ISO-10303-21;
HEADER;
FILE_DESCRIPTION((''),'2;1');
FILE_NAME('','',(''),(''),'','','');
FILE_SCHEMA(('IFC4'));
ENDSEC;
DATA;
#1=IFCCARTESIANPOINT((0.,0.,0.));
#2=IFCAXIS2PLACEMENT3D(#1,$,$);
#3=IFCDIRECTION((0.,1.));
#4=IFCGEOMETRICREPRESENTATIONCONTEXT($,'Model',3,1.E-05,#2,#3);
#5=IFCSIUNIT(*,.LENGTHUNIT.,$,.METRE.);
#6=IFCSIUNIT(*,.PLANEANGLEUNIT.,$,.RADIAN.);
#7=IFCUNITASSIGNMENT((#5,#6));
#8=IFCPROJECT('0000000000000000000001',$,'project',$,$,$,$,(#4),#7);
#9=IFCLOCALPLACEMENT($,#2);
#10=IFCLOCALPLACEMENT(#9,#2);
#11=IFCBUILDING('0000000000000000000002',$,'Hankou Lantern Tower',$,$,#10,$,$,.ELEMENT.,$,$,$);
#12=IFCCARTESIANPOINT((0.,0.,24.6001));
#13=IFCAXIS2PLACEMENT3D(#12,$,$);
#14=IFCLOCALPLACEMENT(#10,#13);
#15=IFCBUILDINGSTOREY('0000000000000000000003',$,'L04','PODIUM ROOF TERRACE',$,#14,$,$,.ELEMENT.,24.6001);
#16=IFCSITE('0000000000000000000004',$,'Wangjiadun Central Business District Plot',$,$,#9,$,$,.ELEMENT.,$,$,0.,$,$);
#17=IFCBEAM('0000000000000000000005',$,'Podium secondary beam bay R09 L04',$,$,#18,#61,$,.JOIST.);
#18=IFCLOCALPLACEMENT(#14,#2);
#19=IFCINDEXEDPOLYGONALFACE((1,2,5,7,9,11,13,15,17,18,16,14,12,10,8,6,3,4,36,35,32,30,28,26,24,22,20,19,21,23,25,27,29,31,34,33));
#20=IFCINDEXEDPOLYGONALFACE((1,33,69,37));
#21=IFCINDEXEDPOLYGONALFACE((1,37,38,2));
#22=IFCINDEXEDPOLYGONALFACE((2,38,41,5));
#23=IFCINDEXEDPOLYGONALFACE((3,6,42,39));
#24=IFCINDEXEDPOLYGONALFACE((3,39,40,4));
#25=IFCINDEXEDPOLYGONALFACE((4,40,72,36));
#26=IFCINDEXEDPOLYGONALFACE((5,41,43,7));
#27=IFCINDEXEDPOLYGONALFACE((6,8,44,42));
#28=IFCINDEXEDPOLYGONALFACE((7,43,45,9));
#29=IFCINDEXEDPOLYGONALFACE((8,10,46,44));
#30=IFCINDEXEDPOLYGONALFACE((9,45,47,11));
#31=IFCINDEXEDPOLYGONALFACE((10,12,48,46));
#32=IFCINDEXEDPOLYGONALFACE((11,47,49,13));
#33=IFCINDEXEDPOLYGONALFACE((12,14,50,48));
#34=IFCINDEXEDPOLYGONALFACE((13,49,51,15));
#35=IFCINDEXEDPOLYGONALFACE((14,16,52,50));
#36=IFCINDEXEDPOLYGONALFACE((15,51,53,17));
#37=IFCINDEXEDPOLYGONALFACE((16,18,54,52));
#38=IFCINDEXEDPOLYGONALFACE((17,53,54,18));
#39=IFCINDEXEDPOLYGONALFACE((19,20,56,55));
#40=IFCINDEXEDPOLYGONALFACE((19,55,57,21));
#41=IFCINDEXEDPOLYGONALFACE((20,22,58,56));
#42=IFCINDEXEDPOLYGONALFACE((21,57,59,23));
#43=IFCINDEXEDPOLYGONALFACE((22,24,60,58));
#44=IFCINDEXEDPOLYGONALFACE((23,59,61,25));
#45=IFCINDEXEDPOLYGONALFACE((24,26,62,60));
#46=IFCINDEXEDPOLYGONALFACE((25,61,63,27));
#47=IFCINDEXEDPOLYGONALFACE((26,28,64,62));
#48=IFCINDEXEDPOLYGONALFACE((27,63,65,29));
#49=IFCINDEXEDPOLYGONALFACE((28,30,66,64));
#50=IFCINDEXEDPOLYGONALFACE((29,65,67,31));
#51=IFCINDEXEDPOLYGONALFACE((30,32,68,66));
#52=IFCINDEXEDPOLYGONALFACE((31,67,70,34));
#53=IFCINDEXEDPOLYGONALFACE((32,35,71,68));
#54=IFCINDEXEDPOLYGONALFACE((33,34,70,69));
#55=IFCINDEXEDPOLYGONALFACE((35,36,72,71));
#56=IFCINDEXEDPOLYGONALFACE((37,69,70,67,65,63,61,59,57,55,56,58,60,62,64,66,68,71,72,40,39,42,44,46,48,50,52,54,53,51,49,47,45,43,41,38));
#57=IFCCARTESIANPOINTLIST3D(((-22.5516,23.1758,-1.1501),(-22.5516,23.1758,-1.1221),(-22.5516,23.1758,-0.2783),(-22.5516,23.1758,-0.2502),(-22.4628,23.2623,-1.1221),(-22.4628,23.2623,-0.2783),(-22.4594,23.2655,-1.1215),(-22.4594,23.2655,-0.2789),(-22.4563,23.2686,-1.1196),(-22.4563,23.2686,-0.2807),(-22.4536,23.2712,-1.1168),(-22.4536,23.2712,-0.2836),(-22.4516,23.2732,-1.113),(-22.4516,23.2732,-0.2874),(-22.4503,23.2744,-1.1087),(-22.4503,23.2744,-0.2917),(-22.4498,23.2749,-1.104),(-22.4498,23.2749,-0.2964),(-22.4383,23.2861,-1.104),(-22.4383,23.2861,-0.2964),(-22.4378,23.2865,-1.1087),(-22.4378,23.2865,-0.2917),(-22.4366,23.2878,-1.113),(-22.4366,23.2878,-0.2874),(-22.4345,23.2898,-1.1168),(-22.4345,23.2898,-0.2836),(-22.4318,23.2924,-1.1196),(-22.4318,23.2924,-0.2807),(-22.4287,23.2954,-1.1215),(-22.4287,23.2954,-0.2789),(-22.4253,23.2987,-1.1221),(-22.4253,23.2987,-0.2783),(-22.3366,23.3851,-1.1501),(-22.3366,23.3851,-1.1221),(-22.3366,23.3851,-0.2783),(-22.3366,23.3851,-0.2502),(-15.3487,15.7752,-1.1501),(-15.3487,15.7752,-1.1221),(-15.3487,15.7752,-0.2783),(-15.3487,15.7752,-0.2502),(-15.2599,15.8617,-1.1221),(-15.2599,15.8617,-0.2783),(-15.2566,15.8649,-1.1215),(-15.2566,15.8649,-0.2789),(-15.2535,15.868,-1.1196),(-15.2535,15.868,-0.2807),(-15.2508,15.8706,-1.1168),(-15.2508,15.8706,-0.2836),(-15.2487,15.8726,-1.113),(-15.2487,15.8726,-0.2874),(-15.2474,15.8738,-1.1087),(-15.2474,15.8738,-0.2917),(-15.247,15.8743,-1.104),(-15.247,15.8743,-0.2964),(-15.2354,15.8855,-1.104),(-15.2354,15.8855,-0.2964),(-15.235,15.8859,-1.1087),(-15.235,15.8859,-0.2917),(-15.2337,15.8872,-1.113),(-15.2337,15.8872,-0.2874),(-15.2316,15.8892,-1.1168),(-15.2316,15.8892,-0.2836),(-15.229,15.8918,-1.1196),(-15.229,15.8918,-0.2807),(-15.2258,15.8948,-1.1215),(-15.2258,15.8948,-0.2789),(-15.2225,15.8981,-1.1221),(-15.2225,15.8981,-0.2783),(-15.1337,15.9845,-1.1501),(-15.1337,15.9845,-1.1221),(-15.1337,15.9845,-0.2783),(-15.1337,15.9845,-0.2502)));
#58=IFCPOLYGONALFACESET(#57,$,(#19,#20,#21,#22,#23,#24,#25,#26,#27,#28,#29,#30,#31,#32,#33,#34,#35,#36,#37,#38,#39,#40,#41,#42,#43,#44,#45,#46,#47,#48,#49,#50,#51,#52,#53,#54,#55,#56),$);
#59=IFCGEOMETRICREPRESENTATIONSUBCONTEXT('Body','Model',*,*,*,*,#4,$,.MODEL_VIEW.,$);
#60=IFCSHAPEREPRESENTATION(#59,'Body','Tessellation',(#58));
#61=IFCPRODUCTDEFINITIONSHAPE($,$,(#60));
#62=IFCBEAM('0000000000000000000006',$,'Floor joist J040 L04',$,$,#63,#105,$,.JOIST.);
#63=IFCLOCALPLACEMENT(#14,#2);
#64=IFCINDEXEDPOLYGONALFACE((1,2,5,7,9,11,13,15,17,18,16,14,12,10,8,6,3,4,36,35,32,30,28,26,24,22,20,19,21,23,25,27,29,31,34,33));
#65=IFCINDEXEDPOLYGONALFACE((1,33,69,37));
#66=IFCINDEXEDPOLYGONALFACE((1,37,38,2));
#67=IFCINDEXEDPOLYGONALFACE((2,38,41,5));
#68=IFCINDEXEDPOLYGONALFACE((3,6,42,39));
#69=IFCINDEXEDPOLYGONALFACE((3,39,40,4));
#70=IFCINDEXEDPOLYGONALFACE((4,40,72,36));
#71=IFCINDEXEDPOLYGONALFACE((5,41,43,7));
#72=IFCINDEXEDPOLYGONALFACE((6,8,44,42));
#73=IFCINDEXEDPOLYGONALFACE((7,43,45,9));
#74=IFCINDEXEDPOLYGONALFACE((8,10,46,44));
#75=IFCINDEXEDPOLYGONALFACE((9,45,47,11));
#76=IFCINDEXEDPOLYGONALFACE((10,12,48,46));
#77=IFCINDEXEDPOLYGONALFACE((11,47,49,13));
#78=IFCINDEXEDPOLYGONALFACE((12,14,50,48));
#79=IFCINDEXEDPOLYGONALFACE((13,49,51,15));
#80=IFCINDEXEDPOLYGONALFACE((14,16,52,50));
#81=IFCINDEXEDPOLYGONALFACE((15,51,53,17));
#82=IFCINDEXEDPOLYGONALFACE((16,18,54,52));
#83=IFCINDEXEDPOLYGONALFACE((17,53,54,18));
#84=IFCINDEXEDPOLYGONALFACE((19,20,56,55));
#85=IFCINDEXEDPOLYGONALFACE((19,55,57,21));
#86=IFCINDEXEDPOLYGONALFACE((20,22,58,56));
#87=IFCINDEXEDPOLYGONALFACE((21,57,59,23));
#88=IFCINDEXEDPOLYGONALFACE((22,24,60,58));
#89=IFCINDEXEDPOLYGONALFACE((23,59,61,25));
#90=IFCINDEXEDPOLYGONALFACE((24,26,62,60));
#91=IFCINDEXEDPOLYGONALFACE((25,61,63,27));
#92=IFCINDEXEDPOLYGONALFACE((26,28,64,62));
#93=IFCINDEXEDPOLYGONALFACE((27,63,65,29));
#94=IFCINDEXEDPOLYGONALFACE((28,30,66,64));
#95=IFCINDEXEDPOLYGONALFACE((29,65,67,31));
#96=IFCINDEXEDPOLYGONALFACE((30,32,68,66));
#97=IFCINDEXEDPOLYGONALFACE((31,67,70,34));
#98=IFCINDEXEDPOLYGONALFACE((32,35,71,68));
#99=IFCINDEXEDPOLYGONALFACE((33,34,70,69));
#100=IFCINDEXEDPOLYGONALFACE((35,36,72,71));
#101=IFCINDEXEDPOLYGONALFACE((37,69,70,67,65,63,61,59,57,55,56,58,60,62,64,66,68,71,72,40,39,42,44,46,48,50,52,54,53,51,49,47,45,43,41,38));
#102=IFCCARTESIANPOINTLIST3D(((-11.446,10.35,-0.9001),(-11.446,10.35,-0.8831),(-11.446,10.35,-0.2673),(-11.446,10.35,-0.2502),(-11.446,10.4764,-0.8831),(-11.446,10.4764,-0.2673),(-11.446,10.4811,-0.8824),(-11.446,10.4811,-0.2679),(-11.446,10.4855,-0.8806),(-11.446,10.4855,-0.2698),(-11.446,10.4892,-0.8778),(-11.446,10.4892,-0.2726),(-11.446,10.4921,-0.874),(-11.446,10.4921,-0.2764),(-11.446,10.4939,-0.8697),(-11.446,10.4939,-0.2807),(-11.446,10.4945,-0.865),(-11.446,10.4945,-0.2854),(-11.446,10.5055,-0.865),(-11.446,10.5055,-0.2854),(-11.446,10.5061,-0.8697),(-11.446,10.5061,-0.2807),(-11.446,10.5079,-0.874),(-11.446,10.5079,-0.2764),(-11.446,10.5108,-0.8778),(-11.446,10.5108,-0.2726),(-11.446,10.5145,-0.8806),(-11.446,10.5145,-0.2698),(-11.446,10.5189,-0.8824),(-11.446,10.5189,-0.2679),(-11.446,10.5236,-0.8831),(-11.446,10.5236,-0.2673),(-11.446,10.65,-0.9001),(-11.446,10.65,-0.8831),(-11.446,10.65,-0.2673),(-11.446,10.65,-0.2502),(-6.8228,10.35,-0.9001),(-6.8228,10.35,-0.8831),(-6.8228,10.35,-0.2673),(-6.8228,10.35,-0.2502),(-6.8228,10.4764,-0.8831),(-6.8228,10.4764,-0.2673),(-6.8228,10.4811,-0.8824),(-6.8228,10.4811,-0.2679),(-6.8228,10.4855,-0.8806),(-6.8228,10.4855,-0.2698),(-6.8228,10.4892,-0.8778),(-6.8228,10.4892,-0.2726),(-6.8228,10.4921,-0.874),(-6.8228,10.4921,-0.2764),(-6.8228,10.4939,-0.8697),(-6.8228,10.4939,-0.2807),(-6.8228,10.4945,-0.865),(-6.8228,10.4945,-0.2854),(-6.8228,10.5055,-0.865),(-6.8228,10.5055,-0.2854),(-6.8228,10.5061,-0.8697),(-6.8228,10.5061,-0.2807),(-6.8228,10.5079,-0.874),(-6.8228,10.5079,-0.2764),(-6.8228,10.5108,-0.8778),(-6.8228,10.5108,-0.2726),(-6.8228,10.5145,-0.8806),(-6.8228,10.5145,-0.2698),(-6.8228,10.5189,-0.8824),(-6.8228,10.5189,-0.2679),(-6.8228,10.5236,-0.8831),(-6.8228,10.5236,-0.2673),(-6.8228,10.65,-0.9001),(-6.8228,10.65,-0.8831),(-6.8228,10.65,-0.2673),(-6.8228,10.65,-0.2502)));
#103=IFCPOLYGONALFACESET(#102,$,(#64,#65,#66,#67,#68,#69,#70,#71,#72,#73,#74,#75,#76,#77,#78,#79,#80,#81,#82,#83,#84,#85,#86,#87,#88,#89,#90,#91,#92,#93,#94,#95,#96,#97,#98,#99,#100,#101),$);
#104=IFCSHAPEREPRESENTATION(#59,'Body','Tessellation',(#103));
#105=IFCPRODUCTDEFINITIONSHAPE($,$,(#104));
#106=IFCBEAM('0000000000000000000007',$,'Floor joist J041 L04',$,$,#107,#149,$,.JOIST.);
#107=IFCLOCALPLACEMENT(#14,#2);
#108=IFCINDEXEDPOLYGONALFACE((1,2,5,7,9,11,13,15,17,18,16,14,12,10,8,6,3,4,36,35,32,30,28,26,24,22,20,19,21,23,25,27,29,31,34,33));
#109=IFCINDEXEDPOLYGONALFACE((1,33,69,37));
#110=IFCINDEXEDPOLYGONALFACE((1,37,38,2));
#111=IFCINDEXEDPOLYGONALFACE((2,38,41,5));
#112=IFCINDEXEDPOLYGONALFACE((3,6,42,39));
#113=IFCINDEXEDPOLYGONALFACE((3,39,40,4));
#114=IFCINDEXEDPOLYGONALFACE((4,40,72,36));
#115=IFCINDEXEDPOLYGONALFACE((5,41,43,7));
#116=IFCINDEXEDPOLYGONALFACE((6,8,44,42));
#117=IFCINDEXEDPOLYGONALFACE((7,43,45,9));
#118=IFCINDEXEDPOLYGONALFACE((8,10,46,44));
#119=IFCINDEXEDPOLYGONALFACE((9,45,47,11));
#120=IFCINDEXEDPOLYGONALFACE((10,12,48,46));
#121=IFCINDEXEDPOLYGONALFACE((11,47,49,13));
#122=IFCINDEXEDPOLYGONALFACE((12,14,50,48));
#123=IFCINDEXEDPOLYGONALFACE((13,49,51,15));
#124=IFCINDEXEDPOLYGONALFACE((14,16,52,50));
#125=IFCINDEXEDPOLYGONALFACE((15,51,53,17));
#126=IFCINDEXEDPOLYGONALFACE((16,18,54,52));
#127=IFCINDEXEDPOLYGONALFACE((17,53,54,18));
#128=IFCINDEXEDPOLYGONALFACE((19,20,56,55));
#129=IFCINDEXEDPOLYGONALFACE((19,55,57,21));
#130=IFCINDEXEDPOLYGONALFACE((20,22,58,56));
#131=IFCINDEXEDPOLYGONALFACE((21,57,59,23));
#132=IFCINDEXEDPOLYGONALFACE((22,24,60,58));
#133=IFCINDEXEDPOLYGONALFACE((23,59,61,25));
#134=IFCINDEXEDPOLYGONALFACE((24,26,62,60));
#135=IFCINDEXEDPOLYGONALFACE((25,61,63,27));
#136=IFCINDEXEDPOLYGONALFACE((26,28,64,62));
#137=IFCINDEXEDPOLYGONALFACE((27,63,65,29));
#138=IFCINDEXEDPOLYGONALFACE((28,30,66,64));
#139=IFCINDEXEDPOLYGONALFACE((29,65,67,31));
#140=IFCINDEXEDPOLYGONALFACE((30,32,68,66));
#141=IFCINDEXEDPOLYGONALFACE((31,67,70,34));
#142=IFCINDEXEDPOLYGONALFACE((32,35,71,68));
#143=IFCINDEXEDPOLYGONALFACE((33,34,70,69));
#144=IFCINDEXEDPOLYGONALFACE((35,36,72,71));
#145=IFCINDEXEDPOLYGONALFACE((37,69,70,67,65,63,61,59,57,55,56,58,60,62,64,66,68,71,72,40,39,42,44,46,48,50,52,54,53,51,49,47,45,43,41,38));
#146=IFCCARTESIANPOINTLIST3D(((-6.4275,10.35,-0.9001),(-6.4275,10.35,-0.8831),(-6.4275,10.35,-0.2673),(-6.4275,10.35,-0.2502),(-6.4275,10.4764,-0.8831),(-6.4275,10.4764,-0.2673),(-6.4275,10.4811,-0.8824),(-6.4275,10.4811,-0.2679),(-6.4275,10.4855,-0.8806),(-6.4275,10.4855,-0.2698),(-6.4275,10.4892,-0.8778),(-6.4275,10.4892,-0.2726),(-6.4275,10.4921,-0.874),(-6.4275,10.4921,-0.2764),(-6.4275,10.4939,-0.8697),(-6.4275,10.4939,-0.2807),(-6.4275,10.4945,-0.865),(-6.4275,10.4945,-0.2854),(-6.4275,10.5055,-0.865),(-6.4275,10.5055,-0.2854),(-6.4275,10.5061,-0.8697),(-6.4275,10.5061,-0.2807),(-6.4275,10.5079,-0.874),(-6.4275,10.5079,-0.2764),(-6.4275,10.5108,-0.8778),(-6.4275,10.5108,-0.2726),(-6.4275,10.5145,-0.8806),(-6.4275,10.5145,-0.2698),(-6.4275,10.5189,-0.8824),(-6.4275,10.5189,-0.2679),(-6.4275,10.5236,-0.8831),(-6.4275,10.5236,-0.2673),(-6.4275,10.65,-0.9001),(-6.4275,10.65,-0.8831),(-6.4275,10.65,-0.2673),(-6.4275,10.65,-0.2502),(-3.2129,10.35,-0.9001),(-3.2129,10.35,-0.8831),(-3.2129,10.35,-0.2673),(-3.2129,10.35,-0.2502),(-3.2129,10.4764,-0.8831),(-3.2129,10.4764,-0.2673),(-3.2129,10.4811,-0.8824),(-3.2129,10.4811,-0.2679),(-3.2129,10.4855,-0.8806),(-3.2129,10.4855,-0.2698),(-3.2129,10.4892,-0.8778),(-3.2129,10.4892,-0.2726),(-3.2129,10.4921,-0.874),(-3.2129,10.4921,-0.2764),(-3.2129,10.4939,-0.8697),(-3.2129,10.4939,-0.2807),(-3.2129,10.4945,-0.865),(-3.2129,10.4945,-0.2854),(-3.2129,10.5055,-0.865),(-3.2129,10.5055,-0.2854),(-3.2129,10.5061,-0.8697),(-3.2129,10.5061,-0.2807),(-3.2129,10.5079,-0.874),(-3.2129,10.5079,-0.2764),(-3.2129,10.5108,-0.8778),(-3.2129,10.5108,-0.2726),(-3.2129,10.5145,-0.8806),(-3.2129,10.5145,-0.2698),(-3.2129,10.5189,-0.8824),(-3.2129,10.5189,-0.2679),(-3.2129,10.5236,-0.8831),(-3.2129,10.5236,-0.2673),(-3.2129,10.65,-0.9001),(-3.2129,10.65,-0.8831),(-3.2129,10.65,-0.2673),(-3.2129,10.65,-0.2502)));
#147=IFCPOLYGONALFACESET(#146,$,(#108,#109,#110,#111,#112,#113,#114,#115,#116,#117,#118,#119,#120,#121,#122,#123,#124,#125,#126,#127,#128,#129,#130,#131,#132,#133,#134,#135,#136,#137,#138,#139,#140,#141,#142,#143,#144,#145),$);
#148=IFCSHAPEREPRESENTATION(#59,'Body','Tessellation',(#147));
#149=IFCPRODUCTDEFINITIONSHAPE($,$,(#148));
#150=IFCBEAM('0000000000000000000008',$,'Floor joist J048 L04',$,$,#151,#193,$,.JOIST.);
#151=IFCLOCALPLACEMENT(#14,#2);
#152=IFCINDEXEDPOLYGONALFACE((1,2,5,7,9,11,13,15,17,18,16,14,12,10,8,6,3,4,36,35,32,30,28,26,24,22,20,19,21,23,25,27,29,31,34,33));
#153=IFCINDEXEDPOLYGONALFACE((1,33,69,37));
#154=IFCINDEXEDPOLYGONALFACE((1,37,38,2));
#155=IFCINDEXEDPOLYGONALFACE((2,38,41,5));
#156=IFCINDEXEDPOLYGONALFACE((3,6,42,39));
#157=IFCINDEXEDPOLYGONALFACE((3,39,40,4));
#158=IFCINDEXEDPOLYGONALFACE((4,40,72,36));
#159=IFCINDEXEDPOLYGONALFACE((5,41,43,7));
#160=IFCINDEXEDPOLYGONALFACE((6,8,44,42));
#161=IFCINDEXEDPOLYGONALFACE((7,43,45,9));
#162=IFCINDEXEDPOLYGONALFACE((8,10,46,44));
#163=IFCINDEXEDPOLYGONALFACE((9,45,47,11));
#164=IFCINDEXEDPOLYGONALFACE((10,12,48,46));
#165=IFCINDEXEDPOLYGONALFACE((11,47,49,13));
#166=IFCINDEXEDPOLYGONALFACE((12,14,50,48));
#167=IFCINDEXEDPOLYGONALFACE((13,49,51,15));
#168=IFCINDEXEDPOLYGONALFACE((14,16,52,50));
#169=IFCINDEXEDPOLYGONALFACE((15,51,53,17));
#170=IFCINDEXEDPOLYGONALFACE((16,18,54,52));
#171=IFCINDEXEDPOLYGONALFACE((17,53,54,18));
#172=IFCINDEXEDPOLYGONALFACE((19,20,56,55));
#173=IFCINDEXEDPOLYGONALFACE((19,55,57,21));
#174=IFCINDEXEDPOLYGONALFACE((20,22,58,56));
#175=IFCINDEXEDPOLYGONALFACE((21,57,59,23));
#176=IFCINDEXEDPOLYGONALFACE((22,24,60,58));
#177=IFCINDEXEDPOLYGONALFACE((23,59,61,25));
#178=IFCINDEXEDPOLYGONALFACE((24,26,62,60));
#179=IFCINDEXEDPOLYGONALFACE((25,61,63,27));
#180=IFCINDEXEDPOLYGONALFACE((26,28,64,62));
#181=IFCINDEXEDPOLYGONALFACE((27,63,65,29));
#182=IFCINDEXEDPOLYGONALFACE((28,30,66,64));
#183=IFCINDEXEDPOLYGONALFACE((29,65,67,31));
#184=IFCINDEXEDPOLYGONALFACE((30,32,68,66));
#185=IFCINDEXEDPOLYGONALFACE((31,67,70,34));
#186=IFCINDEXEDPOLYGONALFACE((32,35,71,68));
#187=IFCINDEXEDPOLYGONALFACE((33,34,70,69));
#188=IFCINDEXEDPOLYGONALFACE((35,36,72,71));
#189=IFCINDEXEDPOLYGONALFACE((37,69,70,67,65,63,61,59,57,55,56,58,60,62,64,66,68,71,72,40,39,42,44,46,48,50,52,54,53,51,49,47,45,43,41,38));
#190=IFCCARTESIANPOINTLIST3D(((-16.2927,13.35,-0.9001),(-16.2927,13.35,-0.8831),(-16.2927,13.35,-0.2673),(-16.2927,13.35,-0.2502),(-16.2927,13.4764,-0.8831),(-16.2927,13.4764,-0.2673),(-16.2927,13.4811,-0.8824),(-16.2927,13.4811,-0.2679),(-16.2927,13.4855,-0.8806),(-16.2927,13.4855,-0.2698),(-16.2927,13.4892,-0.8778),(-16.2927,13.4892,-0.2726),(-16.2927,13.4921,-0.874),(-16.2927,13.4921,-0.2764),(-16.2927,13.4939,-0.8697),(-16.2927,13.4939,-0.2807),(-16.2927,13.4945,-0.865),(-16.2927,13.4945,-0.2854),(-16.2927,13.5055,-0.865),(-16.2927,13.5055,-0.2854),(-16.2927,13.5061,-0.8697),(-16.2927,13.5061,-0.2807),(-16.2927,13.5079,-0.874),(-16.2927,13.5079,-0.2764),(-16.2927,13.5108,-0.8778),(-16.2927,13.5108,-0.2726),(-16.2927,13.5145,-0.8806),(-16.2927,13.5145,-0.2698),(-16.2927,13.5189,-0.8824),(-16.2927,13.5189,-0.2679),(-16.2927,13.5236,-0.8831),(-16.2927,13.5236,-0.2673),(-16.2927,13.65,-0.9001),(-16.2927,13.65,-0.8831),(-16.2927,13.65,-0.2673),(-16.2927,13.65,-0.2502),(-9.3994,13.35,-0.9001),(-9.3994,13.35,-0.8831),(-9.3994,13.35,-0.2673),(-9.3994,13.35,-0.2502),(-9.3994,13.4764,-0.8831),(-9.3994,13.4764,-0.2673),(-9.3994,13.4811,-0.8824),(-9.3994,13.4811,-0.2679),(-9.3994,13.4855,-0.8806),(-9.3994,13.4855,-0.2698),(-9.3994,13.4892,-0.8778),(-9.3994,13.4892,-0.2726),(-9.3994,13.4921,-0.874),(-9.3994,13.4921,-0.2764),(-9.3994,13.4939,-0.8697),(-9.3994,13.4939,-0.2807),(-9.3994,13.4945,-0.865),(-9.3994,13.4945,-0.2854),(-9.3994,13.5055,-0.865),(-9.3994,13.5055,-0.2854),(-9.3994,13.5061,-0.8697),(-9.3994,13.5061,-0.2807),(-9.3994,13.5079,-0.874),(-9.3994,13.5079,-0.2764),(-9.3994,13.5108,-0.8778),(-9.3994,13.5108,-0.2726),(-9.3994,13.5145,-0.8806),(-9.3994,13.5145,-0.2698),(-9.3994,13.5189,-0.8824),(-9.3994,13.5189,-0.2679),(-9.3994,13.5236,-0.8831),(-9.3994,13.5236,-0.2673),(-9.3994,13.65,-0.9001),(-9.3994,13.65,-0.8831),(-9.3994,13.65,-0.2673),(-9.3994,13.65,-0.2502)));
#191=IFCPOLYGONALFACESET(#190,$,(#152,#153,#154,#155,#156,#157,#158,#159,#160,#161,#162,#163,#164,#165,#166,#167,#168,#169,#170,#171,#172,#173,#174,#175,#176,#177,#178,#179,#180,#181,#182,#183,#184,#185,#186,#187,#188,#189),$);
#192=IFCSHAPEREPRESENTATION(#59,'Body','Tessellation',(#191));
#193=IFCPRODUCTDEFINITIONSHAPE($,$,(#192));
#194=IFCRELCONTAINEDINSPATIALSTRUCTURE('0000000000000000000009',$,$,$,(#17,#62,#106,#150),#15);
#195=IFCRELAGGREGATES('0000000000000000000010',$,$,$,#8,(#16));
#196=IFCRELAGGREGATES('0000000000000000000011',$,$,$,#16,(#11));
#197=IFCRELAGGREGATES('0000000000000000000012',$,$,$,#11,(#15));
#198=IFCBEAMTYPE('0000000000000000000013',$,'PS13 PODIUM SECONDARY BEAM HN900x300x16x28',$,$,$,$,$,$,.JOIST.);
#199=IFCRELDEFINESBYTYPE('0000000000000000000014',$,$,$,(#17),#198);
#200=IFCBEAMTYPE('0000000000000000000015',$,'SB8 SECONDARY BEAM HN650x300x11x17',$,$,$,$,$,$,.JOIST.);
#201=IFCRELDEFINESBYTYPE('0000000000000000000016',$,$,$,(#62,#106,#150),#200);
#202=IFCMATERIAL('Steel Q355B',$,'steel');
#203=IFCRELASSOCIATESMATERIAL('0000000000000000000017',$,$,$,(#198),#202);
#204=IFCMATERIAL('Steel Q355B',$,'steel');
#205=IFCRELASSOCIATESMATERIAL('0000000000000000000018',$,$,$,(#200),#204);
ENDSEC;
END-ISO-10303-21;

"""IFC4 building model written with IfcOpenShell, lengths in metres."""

from ifc_helpers import new_model, si_unit, direction, frame, origin, origin_2d, place, context, subcontext, project, spatial, i_section, extrude, material, material_profile, profile_set, type_object, element, save


model = new_model("IFC4")

# Units and contexts
model_context = context("Model", 3, precision=1e-05, world=origin(), true_north=direction((0.0, 1.0)))
body_context = subcontext(model_context, "Body", "Model", "MODEL_VIEW")
ifc_project = project(units=[si_unit("LENGTHUNIT", "METRE"), si_unit("PLANEANGLEUNIT", "RADIAN")], contexts=[model_context])

# Site, building, storey
site_placement = place(None, origin())
site = spatial("IfcSite", under=ifc_project, at=site_placement, Name="Wangjiadun Central Business District Plot", CompositionType="ELEMENT", RefElevation=0.0)
building_placement = place(site_placement, origin())
building = spatial("IfcBuilding", under=site, at=building_placement, Name="Hankou Lantern Tower", CompositionType="ELEMENT")
storey_placement = place(building_placement, frame((0.0, 0.0, 24.6001)))
storey = spatial("IfcBuildingStorey", under=building, at=storey_placement, Name="L04", Description="PODIUM ROOF TERRACE", CompositionType="ELEMENT", Elevation=24.6001)

# Beams
ifc_material_1 = material(Name="Steel Q355B", Category="steel")
ifc_material_profile_1 = material_profile(ifc_material_1, i_section(OverallWidth=0.3, OverallDepth=0.8999, WebThickness=0.0161, FlangeThickness=0.0281, FilletRadius=0.0181, at=origin_2d()), Name="HN900x300x16x28")
ifc_profile_set_1 = profile_set([ifc_material_profile_1], Name="Steel Q355B")
beam_type_1 = type_object("IfcBeamType", Name="PS13 PODIUM SECONDARY BEAM HN900x300x16x28", PredefinedType="JOIST", material=ifc_profile_set_1)
beam_1_placement = place(storey_placement, frame((-15.2412, 15.8799, -0.7002), z_axis=(-0.697468, 0.716616, 0.0), x_axis=(-0.716616, -0.697468, 0.0)))
element("IfcBeam", 1, at=beam_1_placement, inside=storey, type_object=beam_type_1, Name="Podium secondary beam bay R09 L04", PredefinedType="JOIST", context=body_context, shape_type="SweptSolid", body=[
    extrude(i_section(OverallWidth=0.3, OverallDepth=0.8999, WebThickness=0.0161, FlangeThickness=0.0281, FilletRadius=0.0181, at=origin_2d()), origin(), (0.0, 0.0, 1.0), 10.3271),
])
ifc_material_2 = material(Name="Steel Q355B", Category="steel")
ifc_material_profile_2 = material_profile(ifc_material_2, i_section(OverallWidth=0.3, OverallDepth=0.6499, WebThickness=0.011, FlangeThickness=0.0171, FilletRadius=0.0181, at=origin_2d()), Name="HN650x300x11x17")
ifc_profile_set_2 = profile_set([ifc_material_profile_2], Name="Steel Q355B")
beam_type_2 = type_object("IfcBeamType", Name="SB8 SECONDARY BEAM HN650x300x11x17", PredefinedType="JOIST", material=ifc_profile_set_2)
beam_2_placement = place(storey_placement, frame((-11.446, 10.5, -0.5752), z_axis=(1.0, 0.0, 0.0), x_axis=(0.0, 1.0, 0.0)))
element("IfcBeam", 2, at=beam_2_placement, inside=storey, type_object=beam_type_2, Name="Floor joist J040 L04", PredefinedType="JOIST", context=body_context, shape_type="SweptSolid", body=[
    extrude(i_section(OverallWidth=0.3, OverallDepth=0.6499, WebThickness=0.011, FlangeThickness=0.0171, FilletRadius=0.0181, at=origin_2d()), origin(), (0.0, 0.0, 1.0), 4.6233),
])
beam_3_placement = place(storey_placement, frame((-6.4275, 10.5, -0.5752), z_axis=(1.0, 0.0, 0.0), x_axis=(0.0, 1.0, 0.0)))
element("IfcBeam", 3, at=beam_3_placement, inside=storey, type_object=beam_type_2, Name="Floor joist J041 L04", PredefinedType="JOIST", context=body_context, shape_type="SweptSolid", body=[
    extrude(i_section(OverallWidth=0.3, OverallDepth=0.6499, WebThickness=0.011, FlangeThickness=0.0171, FilletRadius=0.0181, at=origin_2d()), origin(), (0.0, 0.0, 1.0), 3.2146),
])
beam_4_placement = place(storey_placement, frame((-16.2927, 13.5, -0.5752), z_axis=(1.0, 0.0, 0.0), x_axis=(0.0, 1.0, 0.0)))
element("IfcBeam", 4, at=beam_4_placement, inside=storey, type_object=beam_type_2, Name="Floor joist J048 L04", PredefinedType="JOIST", context=body_context, shape_type="SweptSolid", body=[
    extrude(i_section(OverallWidth=0.3, OverallDepth=0.6499, WebThickness=0.011, FlangeThickness=0.0171, FilletRadius=0.0181, at=origin_2d()), origin(), (0.0, 0.0, 1.0), 6.8933),
])

save(model, "model.ifc")
